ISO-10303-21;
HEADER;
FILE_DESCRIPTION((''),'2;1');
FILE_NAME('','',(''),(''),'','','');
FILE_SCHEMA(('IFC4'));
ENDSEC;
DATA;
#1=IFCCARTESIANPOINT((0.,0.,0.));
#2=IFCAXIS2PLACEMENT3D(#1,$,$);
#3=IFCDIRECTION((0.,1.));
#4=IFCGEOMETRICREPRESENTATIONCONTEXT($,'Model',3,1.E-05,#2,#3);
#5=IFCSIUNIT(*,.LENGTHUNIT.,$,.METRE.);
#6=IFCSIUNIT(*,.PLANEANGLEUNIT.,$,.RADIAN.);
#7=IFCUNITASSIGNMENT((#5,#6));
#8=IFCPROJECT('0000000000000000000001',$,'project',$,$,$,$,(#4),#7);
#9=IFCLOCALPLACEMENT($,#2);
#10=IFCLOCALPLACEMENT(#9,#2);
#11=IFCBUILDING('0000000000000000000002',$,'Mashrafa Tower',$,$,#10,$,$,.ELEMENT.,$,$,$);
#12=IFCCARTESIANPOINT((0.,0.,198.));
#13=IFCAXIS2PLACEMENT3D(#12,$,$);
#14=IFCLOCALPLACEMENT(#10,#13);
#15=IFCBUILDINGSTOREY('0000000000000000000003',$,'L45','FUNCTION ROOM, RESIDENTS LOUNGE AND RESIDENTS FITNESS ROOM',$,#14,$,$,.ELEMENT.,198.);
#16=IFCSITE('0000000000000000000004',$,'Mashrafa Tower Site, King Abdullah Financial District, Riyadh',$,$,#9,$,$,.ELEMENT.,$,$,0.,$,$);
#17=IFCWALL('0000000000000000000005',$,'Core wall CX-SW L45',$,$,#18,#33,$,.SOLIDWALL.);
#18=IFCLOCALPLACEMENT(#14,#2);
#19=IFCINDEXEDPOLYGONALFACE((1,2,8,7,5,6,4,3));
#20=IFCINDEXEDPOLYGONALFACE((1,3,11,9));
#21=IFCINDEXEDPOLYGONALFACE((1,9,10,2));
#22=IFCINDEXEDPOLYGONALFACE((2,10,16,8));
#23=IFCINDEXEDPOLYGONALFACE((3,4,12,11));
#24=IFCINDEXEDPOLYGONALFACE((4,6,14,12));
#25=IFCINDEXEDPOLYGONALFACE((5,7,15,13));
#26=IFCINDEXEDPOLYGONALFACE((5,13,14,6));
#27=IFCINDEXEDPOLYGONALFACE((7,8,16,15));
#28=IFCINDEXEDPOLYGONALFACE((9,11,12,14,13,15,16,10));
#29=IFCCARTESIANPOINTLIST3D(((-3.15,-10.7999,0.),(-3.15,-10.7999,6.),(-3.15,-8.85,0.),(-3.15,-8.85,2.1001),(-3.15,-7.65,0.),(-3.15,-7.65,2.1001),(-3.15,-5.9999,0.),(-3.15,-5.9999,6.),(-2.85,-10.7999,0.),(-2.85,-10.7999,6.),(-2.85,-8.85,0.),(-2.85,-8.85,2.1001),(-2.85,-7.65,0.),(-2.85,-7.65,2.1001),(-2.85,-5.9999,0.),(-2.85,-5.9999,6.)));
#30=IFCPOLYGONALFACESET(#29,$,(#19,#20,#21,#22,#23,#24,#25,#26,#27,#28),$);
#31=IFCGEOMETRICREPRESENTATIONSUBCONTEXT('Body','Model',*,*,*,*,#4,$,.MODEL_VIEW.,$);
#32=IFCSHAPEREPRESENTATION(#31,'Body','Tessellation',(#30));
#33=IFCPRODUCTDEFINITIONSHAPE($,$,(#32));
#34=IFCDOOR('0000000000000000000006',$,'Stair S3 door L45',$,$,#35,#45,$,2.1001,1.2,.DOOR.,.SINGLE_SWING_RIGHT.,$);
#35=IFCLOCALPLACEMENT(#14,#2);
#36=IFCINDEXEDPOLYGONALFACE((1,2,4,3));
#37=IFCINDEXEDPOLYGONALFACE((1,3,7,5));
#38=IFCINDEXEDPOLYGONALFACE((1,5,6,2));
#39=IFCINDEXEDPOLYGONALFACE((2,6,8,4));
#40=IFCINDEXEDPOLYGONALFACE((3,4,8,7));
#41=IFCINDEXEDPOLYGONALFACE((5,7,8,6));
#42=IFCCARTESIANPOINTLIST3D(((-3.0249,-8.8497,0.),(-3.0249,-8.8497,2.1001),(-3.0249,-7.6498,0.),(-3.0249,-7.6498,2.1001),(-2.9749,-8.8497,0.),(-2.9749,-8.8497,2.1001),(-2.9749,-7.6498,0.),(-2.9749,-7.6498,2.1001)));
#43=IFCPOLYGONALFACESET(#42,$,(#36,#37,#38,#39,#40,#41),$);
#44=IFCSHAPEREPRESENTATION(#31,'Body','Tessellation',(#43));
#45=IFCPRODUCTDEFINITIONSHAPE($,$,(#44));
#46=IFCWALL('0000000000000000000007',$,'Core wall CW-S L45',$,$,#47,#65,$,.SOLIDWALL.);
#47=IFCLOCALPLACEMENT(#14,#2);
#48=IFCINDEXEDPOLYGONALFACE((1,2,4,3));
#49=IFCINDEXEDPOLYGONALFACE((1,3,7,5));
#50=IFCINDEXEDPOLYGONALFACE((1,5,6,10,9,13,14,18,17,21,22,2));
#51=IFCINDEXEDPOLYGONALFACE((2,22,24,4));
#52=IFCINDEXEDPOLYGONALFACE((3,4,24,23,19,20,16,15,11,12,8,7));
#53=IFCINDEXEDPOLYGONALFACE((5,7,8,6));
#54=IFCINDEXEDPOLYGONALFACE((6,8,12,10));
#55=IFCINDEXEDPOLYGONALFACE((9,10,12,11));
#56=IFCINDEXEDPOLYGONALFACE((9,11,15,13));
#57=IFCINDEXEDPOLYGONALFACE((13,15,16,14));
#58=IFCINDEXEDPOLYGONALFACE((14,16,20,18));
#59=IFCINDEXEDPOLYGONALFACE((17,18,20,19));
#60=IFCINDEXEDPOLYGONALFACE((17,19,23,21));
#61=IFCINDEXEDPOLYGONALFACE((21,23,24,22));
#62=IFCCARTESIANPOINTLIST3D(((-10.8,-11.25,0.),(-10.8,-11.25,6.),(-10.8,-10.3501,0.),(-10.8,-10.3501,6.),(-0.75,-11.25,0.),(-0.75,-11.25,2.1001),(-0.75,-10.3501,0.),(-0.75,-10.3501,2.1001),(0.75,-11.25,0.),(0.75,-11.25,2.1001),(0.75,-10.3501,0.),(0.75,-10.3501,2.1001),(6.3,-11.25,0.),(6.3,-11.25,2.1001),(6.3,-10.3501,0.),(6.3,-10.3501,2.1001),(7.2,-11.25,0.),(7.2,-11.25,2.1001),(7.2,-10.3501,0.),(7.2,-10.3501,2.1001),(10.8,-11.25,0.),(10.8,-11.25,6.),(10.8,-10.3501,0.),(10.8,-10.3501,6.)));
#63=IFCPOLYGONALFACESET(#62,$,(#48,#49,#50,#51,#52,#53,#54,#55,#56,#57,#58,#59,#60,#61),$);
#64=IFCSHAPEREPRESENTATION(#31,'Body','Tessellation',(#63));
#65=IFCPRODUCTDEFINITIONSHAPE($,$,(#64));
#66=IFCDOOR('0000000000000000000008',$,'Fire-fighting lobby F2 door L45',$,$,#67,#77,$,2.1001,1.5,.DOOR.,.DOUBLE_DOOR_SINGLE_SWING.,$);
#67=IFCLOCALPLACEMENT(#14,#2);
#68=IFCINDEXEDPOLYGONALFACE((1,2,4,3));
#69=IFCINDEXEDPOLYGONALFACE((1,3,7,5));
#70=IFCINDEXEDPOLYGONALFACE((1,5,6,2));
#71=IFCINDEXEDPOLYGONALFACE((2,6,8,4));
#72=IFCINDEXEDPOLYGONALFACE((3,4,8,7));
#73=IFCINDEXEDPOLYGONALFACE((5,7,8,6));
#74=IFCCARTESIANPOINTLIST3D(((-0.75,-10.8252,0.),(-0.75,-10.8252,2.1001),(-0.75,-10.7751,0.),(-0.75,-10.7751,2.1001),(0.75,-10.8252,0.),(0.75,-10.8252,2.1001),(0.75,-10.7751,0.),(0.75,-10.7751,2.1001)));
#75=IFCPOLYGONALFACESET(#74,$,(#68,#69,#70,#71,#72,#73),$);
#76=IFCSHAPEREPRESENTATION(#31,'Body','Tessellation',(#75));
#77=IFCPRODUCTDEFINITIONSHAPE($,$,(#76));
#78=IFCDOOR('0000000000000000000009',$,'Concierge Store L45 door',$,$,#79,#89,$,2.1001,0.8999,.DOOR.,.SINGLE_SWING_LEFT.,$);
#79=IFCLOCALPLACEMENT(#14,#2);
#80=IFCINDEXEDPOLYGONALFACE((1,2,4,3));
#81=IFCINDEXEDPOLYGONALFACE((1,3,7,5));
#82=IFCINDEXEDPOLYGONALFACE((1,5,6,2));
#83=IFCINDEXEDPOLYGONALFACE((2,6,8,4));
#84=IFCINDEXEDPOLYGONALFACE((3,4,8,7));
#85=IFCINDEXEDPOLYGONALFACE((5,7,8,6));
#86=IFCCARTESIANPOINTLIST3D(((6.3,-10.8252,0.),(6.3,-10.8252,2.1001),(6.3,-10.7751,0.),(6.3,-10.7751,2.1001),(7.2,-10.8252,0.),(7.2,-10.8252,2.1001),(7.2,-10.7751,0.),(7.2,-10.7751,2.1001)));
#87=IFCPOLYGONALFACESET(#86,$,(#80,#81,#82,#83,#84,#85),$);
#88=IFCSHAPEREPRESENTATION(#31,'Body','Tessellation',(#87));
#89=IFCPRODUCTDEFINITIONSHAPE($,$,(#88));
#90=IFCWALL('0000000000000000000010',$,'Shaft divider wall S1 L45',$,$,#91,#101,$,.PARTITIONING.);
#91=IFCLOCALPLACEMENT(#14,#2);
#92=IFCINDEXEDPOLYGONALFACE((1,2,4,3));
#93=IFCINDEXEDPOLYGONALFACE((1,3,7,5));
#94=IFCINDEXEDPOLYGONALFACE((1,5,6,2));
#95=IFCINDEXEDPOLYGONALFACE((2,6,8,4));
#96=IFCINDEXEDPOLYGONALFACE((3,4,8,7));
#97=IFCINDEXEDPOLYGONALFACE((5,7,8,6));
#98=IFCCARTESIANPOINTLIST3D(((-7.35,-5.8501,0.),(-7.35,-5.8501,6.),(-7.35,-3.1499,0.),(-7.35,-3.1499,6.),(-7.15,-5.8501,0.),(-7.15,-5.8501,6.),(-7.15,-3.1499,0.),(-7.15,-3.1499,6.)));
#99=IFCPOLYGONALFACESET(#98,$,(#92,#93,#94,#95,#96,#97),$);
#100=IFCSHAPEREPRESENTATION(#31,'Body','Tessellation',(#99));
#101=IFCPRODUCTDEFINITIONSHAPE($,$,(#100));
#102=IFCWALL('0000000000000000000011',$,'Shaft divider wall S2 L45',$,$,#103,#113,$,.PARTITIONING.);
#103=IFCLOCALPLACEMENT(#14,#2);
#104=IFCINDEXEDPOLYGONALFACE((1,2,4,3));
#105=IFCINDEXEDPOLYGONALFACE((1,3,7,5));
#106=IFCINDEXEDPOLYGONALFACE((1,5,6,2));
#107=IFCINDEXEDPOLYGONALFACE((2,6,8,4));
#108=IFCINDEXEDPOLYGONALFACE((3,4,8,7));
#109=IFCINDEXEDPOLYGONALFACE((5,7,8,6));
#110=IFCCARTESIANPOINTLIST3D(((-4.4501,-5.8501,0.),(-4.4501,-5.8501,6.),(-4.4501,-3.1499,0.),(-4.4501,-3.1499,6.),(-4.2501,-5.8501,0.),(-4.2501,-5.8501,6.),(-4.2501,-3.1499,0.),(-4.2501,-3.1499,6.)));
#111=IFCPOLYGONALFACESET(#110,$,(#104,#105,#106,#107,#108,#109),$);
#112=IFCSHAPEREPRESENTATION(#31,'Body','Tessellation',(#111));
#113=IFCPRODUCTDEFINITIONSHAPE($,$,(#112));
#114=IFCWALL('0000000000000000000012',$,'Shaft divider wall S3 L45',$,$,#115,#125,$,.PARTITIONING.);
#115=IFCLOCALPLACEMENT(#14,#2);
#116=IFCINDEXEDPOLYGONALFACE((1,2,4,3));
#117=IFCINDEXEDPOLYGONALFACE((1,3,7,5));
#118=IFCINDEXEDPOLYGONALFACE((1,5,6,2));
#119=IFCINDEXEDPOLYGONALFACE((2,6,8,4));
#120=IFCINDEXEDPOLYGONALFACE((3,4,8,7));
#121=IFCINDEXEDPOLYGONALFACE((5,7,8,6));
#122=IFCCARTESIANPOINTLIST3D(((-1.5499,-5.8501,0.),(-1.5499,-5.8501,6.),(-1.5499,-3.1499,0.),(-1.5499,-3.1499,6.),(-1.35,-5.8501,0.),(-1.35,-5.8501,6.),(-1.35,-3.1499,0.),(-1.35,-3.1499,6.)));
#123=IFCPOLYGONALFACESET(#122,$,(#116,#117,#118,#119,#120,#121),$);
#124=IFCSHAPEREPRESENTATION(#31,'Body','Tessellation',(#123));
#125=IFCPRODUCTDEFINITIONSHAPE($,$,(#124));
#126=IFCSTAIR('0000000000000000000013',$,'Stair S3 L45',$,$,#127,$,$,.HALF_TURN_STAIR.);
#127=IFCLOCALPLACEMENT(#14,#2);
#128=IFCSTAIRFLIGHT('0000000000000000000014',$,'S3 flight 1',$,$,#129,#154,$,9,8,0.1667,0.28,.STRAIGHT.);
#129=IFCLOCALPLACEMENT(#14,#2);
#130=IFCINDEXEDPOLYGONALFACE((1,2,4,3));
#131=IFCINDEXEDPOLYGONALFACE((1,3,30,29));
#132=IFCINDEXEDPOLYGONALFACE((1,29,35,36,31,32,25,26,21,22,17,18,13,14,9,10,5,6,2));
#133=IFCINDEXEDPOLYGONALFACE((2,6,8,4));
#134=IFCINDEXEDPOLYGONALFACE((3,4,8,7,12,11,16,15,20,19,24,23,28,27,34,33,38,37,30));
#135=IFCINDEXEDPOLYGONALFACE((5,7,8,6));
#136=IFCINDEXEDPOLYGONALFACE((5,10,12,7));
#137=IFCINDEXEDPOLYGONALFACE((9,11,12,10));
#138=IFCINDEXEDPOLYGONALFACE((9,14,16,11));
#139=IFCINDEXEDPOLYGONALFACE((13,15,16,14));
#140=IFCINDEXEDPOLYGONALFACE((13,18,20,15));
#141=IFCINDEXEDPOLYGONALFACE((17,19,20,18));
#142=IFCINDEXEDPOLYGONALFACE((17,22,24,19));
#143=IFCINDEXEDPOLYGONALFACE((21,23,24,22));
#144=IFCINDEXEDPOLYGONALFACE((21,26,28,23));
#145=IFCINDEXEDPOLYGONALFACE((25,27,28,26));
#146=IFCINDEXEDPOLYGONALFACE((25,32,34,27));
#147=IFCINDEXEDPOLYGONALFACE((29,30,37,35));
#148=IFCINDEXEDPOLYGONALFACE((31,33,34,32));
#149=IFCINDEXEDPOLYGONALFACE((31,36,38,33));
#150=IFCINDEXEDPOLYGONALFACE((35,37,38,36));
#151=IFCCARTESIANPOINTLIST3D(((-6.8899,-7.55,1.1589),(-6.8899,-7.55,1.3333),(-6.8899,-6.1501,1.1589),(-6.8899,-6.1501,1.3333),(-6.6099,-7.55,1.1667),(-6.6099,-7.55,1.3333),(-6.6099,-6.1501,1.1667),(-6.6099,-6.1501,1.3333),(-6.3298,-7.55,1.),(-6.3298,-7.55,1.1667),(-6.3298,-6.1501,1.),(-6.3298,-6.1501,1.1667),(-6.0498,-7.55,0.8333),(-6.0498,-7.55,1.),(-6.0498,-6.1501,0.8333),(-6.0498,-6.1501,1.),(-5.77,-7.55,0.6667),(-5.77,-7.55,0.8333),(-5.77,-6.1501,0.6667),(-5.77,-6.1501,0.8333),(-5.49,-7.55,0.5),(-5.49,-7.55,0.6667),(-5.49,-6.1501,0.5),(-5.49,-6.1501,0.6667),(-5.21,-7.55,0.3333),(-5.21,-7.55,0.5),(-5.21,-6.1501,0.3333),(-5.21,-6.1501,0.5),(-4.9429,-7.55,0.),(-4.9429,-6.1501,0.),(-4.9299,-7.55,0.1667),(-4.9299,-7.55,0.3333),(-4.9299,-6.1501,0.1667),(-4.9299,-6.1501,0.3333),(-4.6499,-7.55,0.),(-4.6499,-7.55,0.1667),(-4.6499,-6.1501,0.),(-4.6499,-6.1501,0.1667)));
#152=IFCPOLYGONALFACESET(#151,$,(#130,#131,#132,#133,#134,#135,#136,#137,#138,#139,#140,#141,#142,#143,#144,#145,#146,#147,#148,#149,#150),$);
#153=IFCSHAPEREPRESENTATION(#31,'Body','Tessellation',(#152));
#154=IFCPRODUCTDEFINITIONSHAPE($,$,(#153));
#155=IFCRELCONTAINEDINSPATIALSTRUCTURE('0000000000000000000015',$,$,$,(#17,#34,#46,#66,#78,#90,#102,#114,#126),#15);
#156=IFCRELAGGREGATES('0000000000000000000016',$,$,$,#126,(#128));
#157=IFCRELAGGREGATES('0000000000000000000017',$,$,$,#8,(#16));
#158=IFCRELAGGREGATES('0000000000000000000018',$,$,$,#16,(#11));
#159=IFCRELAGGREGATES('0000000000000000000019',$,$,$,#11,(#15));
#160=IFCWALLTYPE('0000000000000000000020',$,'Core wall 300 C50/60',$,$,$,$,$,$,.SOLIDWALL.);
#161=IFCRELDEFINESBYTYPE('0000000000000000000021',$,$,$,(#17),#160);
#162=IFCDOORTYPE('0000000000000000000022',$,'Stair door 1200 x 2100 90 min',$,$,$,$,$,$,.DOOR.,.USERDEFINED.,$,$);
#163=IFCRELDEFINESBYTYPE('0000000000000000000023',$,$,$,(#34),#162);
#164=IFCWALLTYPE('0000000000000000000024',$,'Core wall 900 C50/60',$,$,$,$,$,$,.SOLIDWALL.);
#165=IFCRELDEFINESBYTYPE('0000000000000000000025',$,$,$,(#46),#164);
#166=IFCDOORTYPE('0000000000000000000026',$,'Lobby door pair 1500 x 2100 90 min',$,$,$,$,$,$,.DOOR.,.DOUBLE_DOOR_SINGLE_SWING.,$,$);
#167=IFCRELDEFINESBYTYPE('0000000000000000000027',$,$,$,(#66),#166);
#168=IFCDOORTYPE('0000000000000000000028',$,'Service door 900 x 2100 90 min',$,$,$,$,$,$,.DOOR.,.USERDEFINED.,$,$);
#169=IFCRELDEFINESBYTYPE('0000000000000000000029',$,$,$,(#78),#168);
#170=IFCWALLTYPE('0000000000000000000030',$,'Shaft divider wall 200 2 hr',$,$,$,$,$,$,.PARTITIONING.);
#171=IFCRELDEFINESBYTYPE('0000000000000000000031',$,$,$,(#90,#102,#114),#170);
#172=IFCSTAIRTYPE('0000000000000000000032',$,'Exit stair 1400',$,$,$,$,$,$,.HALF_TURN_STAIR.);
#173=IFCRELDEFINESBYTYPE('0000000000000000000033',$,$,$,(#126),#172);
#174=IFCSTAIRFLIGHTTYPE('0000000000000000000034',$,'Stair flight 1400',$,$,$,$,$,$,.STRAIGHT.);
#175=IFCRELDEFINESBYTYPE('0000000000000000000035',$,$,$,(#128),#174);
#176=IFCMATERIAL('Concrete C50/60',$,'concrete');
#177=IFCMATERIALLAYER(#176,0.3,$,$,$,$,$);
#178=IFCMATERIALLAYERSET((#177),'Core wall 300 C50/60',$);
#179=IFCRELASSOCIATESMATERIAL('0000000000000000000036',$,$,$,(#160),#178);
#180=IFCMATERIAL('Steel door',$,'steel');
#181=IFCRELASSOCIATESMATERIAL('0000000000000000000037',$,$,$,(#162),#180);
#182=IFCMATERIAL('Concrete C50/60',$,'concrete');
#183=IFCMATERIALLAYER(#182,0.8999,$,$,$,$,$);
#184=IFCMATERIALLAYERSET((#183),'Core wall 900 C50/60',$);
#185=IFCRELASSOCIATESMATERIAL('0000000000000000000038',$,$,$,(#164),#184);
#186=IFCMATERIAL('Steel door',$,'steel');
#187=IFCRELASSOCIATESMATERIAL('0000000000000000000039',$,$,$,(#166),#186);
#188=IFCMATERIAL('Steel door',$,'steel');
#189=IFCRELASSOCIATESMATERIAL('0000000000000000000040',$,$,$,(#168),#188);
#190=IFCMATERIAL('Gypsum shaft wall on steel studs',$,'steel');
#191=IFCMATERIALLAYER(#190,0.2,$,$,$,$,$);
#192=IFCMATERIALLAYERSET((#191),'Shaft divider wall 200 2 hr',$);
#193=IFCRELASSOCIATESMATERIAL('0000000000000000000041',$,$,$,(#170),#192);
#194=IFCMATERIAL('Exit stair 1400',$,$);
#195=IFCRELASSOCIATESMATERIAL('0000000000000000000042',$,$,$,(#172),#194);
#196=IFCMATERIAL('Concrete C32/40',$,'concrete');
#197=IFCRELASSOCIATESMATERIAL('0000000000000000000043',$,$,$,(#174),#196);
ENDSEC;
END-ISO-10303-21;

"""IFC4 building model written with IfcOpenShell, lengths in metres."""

from ifc_helpers import new_model, si_unit, direction, frame, frame_2d, origin, place, context, subcontext, project, spatial, polyline, rectangle, outline, extrude, material, layer, layer_set, type_object, element, fill, aggregate, save


model = new_model("IFC4")

# Units and contexts
model_context = context("Model", 3, precision=1e-05, world=origin(), true_north=direction((0.0, 1.0)))
body_context = subcontext(model_context, "Body", "Model", "MODEL_VIEW")
ifc_project = project(units=[si_unit("LENGTHUNIT", "METRE"), si_unit("PLANEANGLEUNIT", "RADIAN")], contexts=[model_context])

# Site, building, storey
site_placement = place(None, origin())
site = spatial("IfcSite", under=ifc_project, at=site_placement, Name="Mashrafa Tower Site, King Abdullah Financial District, Riyadh", CompositionType="ELEMENT", RefElevation=0.0)
building_placement = place(site_placement, origin())
building = spatial("IfcBuilding", under=site, at=building_placement, Name="Mashrafa Tower", CompositionType="ELEMENT")
storey_placement = place(building_placement, frame((0.0, 0.0, 198.0)))
storey = spatial("IfcBuildingStorey", under=building, at=storey_placement, Name="L45", Description="FUNCTION ROOM, RESIDENTS LOUNGE AND RESIDENTS FITNESS ROOM", CompositionType="ELEMENT", Elevation=198.0)

# Shared definitions
ifc_material_1 = material(Name="Concrete C50/60", Category="concrete")
ifc_layer_1 = layer(ifc_material_1, 0.3)
ifc_layer_set_1 = layer_set([ifc_layer_1], Name="Core wall 300 C50/60")
wall_type_1 = type_object("IfcWallType", Name="Core wall 300 C50/60", PredefinedType="SOLIDWALL", material=ifc_layer_set_1)

# Wall, opening, door
wall_1_placement = place(storey_placement, frame((-3.0, -6.0, 0.0), z_axis=(0.0, 0.0, 1.0), x_axis=(0.0, -1.0, 0.0)))
wall_1 = element("IfcWall", 1, at=wall_1_placement, inside=storey, type_object=wall_type_1, Name="Core wall CX-SW L45", PredefinedType="SOLIDWALL", context=body_context, shape_type="SweptSolid", body=[
    extrude(rectangle(XDim=4.8, YDim=0.3, at=frame_2d((2.3999, 0.0))), origin(), (0.0, 0.0, 1.0), 6.0),
])
opening_1_placement = place(wall_1_placement, frame((1.6499, 0.0, 0.0)))
opening_1 = element("IfcOpeningElement", 2, at=opening_1_placement, cuts=wall_1, PredefinedType="OPENING", context=body_context, shape_type="SweptSolid", body=[
    extrude(rectangle(XDim=1.2, YDim=2.1001, at=frame_2d((0.6001, 1.05))), frame((0.0, 0.1599, 0.0), z_axis=(0.0, -1.0, 0.0), x_axis=(1.0, 0.0, 0.0)), (0.0, 0.0, 1.0), 0.3201),
])
ifc_material_2 = material(Name="Steel door", Category="steel")
door_type_1 = type_object("IfcDoorType", Name="Stair door 1200 x 2100 90 min", OperationType="USERDEFINED", PredefinedType="DOOR", material=ifc_material_2)
door_1_placement = place(opening_1_placement, frame((1.2, 0.0, 0.0), z_axis=(0.0, 0.0, 1.0), x_axis=(-1.0, 0.0, 0.0)))
door_1 = element("IfcDoor", 3, at=door_1_placement, inside=storey, type_object=door_type_1, Name="Stair S3 door L45", OperationType="SINGLE_SWING_RIGHT", OverallHeight=2.1001, OverallWidth=1.2, PredefinedType="DOOR", context=body_context, shape_type="SweptSolid", body=[
    extrude(rectangle(XDim=1.2, YDim=2.1001, at=frame_2d((0.6001, 1.05))), frame((0.0, 0.0249, 0.0), z_axis=(0.0, -1.0, 0.0), x_axis=(1.0, 0.0, 0.0)), (0.0, 0.0, 1.0), 0.05),
])
fill(opening_1, door_1)

# Wall, openings, doors
ifc_material_3 = material(Name="Concrete C50/60", Category="concrete")
ifc_layer_2 = layer(ifc_material_3, 0.8999)
ifc_layer_set_2 = layer_set([ifc_layer_2], Name="Core wall 900 C50/60")
wall_type_2 = type_object("IfcWallType", Name="Core wall 900 C50/60", PredefinedType="SOLIDWALL", material=ifc_layer_set_2)
wall_2_placement = place(storey_placement, frame((-10.8, -10.8, 0.0), z_axis=(0.0, 0.0, 1.0), x_axis=(1.0, 0.0, 0.0)))
wall_2 = element("IfcWall", 4, at=wall_2_placement, inside=storey, type_object=wall_type_2, Name="Core wall CW-S L45", PredefinedType="SOLIDWALL", context=body_context, shape_type="SweptSolid", body=[
    extrude(rectangle(XDim=21.6001, YDim=0.8999, at=frame_2d((10.8, 0.0))), origin(), (0.0, 0.0, 1.0), 6.0),
])
opening_2_placement = place(wall_2_placement, frame((10.05, 0.0, 0.0)))
opening_2 = element("IfcOpeningElement", 5, at=opening_2_placement, cuts=wall_2, PredefinedType="OPENING", context=body_context, shape_type="SweptSolid", body=[
    extrude(rectangle(XDim=1.5, YDim=2.1001, at=frame_2d((0.75, 1.05))), frame((0.0, 0.46, 0.0), z_axis=(0.0, -1.0, 0.0), x_axis=(1.0, 0.0, 0.0)), (0.0, 0.0, 1.0), 0.9199),
])
opening_3_placement = place(wall_2_placement, frame((17.1001, 0.0, 0.0)))
opening_3 = element("IfcOpeningElement", 6, at=opening_3_placement, cuts=wall_2, PredefinedType="OPENING", context=body_context, shape_type="SweptSolid", body=[
    extrude(rectangle(XDim=0.8999, YDim=2.1001, at=frame_2d((0.45, 1.05))), frame((0.0, 0.46, 0.0), z_axis=(0.0, -1.0, 0.0), x_axis=(1.0, 0.0, 0.0)), (0.0, 0.0, 1.0), 0.9199),
])
ifc_material_4 = material(Name="Steel door", Category="steel")
door_type_2 = type_object("IfcDoorType", Name="Lobby door pair 1500 x 2100 90 min", OperationType="DOUBLE_DOOR_SINGLE_SWING", PredefinedType="DOOR", material=ifc_material_4)
door_2_placement = place(opening_2_placement, origin())
door_2 = element("IfcDoor", 7, at=door_2_placement, inside=storey, type_object=door_type_2, Name="Fire-fighting lobby F2 door L45", OperationType="DOUBLE_DOOR_SINGLE_SWING", OverallHeight=2.1001, OverallWidth=1.5, PredefinedType="DOOR", context=body_context, shape_type="SweptSolid", body=[
    extrude(rectangle(XDim=1.5, YDim=2.1001, at=frame_2d((0.75, 1.05))), frame((0.0, 0.0249, 0.0), z_axis=(0.0, -1.0, 0.0), x_axis=(1.0, 0.0, 0.0)), (0.0, 0.0, 1.0), 0.05),
])
fill(opening_2, door_2)
ifc_material_5 = material(Name="Steel door", Category="steel")
door_type_3 = type_object("IfcDoorType", Name="Service door 900 x 2100 90 min", OperationType="USERDEFINED", PredefinedType="DOOR", material=ifc_material_5)
door_3_placement = place(opening_3_placement, origin())
door_3 = element("IfcDoor", 8, at=door_3_placement, inside=storey, type_object=door_type_3, Name="Concierge Store L45 door", OperationType="SINGLE_SWING_LEFT", OverallHeight=2.1001, OverallWidth=0.8999, PredefinedType="DOOR", context=body_context, shape_type="SweptSolid", body=[
    extrude(rectangle(XDim=0.8999, YDim=2.1001, at=frame_2d((0.45, 1.05))), frame((0.0, 0.0249, 0.0), z_axis=(0.0, -1.0, 0.0), x_axis=(1.0, 0.0, 0.0)), (0.0, 0.0, 1.0), 0.05),
])
fill(opening_3, door_3)

# Walls
ifc_material_6 = material(Name="Gypsum shaft wall on steel studs", Category="steel")
ifc_layer_3 = layer(ifc_material_6, 0.2)
ifc_layer_set_3 = layer_set([ifc_layer_3], Name="Shaft divider wall 200 2 hr")
wall_type_3 = type_object("IfcWallType", Name="Shaft divider wall 200 2 hr", PredefinedType="PARTITIONING", material=ifc_layer_set_3)
for number, where, z_axis, x_axis, name in (
    (9, (-7.25, -5.8501, 0.0), (0.0, 0.0, 1.0), (0.0, 1.0, 0.0), "Shaft divider wall S1 L45"),
    (10, (-4.3501, -5.8501, 0.0), (0.0, 0.0, 1.0), (0.0, 1.0, 0.0), "Shaft divider wall S2 L45"),
    (11, (-1.45, -5.8501, 0.0), (0.0, 0.0, 1.0), (0.0, 1.0, 0.0), "Shaft divider wall S3 L45"),
):
    element("IfcWall", number, at=place(storey_placement, frame(where, z_axis=z_axis, x_axis=x_axis)), inside=storey, type_object=wall_type_3, Name=name, PredefinedType="PARTITIONING", context=body_context, shape_type="SweptSolid", body=[
        extrude(rectangle(XDim=2.7002, YDim=0.2, at=frame_2d((1.3501, 0.0))), origin(), (0.0, 0.0, 1.0), 6.0),
    ])

# Stair, stair flight
ifc_material_7 = material(Name="Exit stair 1400")
stair_type = type_object("IfcStairType", Name="Exit stair 1400", PredefinedType="HALF_TURN_STAIR", material=ifc_material_7)
stair_placement = place(storey_placement, origin())
stair = element("IfcStair", 12, at=stair_placement, inside=storey, type_object=stair_type, Name="Stair S3 L45", PredefinedType="HALF_TURN_STAIR")
ifc_material_8 = material(Name="Concrete C32/40", Category="concrete")
stair_flight_type = type_object("IfcStairFlightType", Name="Stair flight 1400", PredefinedType="STRAIGHT", material=ifc_material_8)
stair_flight_1_placement = place(storey_placement, frame((-4.6499, -6.8501, 0.0), z_axis=(0.0, 0.0, 1.0), x_axis=(-1.0, 0.0, 0.0)))
stair_flight_1 = element("IfcStairFlight", 13, at=stair_flight_1_placement, type_object=stair_flight_type, Name="S3 flight 1", NumberOfRisers=9, NumberOfTreads=8, PredefinedType="STRAIGHT", RiserHeight=0.1667, TreadLength=0.28, context=body_context, shape_type="SweptSolid", body=[
    extrude(outline(polyline([(0.0, 0.0), (0.0, 0.1667), (0.28, 0.1667), (0.28, 0.3333), (0.5601, 0.3333), (0.5601, 0.5), (0.8401, 0.5), (0.8401, 0.6667), (1.1201, 0.6667), (1.1201, 0.8333), (1.3999, 0.8333), (1.3999, 1.0), (1.6799, 1.0), (1.6799, 1.1667), (1.96, 1.1667), (1.96, 1.3333), (2.24, 1.3333), (2.24, 1.5), (2.24, 1.1589), (0.293, 0.0), (0.0, 0.0)])), frame((0.0, 0.7, 0.0), z_axis=(0.0, -1.0, 0.0), x_axis=(1.0, 0.0, 0.0)), (0.0, 0.0, 1.0), 1.3999),
])
aggregate(stair, [stair_flight_1])

save(model, "model.ifc")
